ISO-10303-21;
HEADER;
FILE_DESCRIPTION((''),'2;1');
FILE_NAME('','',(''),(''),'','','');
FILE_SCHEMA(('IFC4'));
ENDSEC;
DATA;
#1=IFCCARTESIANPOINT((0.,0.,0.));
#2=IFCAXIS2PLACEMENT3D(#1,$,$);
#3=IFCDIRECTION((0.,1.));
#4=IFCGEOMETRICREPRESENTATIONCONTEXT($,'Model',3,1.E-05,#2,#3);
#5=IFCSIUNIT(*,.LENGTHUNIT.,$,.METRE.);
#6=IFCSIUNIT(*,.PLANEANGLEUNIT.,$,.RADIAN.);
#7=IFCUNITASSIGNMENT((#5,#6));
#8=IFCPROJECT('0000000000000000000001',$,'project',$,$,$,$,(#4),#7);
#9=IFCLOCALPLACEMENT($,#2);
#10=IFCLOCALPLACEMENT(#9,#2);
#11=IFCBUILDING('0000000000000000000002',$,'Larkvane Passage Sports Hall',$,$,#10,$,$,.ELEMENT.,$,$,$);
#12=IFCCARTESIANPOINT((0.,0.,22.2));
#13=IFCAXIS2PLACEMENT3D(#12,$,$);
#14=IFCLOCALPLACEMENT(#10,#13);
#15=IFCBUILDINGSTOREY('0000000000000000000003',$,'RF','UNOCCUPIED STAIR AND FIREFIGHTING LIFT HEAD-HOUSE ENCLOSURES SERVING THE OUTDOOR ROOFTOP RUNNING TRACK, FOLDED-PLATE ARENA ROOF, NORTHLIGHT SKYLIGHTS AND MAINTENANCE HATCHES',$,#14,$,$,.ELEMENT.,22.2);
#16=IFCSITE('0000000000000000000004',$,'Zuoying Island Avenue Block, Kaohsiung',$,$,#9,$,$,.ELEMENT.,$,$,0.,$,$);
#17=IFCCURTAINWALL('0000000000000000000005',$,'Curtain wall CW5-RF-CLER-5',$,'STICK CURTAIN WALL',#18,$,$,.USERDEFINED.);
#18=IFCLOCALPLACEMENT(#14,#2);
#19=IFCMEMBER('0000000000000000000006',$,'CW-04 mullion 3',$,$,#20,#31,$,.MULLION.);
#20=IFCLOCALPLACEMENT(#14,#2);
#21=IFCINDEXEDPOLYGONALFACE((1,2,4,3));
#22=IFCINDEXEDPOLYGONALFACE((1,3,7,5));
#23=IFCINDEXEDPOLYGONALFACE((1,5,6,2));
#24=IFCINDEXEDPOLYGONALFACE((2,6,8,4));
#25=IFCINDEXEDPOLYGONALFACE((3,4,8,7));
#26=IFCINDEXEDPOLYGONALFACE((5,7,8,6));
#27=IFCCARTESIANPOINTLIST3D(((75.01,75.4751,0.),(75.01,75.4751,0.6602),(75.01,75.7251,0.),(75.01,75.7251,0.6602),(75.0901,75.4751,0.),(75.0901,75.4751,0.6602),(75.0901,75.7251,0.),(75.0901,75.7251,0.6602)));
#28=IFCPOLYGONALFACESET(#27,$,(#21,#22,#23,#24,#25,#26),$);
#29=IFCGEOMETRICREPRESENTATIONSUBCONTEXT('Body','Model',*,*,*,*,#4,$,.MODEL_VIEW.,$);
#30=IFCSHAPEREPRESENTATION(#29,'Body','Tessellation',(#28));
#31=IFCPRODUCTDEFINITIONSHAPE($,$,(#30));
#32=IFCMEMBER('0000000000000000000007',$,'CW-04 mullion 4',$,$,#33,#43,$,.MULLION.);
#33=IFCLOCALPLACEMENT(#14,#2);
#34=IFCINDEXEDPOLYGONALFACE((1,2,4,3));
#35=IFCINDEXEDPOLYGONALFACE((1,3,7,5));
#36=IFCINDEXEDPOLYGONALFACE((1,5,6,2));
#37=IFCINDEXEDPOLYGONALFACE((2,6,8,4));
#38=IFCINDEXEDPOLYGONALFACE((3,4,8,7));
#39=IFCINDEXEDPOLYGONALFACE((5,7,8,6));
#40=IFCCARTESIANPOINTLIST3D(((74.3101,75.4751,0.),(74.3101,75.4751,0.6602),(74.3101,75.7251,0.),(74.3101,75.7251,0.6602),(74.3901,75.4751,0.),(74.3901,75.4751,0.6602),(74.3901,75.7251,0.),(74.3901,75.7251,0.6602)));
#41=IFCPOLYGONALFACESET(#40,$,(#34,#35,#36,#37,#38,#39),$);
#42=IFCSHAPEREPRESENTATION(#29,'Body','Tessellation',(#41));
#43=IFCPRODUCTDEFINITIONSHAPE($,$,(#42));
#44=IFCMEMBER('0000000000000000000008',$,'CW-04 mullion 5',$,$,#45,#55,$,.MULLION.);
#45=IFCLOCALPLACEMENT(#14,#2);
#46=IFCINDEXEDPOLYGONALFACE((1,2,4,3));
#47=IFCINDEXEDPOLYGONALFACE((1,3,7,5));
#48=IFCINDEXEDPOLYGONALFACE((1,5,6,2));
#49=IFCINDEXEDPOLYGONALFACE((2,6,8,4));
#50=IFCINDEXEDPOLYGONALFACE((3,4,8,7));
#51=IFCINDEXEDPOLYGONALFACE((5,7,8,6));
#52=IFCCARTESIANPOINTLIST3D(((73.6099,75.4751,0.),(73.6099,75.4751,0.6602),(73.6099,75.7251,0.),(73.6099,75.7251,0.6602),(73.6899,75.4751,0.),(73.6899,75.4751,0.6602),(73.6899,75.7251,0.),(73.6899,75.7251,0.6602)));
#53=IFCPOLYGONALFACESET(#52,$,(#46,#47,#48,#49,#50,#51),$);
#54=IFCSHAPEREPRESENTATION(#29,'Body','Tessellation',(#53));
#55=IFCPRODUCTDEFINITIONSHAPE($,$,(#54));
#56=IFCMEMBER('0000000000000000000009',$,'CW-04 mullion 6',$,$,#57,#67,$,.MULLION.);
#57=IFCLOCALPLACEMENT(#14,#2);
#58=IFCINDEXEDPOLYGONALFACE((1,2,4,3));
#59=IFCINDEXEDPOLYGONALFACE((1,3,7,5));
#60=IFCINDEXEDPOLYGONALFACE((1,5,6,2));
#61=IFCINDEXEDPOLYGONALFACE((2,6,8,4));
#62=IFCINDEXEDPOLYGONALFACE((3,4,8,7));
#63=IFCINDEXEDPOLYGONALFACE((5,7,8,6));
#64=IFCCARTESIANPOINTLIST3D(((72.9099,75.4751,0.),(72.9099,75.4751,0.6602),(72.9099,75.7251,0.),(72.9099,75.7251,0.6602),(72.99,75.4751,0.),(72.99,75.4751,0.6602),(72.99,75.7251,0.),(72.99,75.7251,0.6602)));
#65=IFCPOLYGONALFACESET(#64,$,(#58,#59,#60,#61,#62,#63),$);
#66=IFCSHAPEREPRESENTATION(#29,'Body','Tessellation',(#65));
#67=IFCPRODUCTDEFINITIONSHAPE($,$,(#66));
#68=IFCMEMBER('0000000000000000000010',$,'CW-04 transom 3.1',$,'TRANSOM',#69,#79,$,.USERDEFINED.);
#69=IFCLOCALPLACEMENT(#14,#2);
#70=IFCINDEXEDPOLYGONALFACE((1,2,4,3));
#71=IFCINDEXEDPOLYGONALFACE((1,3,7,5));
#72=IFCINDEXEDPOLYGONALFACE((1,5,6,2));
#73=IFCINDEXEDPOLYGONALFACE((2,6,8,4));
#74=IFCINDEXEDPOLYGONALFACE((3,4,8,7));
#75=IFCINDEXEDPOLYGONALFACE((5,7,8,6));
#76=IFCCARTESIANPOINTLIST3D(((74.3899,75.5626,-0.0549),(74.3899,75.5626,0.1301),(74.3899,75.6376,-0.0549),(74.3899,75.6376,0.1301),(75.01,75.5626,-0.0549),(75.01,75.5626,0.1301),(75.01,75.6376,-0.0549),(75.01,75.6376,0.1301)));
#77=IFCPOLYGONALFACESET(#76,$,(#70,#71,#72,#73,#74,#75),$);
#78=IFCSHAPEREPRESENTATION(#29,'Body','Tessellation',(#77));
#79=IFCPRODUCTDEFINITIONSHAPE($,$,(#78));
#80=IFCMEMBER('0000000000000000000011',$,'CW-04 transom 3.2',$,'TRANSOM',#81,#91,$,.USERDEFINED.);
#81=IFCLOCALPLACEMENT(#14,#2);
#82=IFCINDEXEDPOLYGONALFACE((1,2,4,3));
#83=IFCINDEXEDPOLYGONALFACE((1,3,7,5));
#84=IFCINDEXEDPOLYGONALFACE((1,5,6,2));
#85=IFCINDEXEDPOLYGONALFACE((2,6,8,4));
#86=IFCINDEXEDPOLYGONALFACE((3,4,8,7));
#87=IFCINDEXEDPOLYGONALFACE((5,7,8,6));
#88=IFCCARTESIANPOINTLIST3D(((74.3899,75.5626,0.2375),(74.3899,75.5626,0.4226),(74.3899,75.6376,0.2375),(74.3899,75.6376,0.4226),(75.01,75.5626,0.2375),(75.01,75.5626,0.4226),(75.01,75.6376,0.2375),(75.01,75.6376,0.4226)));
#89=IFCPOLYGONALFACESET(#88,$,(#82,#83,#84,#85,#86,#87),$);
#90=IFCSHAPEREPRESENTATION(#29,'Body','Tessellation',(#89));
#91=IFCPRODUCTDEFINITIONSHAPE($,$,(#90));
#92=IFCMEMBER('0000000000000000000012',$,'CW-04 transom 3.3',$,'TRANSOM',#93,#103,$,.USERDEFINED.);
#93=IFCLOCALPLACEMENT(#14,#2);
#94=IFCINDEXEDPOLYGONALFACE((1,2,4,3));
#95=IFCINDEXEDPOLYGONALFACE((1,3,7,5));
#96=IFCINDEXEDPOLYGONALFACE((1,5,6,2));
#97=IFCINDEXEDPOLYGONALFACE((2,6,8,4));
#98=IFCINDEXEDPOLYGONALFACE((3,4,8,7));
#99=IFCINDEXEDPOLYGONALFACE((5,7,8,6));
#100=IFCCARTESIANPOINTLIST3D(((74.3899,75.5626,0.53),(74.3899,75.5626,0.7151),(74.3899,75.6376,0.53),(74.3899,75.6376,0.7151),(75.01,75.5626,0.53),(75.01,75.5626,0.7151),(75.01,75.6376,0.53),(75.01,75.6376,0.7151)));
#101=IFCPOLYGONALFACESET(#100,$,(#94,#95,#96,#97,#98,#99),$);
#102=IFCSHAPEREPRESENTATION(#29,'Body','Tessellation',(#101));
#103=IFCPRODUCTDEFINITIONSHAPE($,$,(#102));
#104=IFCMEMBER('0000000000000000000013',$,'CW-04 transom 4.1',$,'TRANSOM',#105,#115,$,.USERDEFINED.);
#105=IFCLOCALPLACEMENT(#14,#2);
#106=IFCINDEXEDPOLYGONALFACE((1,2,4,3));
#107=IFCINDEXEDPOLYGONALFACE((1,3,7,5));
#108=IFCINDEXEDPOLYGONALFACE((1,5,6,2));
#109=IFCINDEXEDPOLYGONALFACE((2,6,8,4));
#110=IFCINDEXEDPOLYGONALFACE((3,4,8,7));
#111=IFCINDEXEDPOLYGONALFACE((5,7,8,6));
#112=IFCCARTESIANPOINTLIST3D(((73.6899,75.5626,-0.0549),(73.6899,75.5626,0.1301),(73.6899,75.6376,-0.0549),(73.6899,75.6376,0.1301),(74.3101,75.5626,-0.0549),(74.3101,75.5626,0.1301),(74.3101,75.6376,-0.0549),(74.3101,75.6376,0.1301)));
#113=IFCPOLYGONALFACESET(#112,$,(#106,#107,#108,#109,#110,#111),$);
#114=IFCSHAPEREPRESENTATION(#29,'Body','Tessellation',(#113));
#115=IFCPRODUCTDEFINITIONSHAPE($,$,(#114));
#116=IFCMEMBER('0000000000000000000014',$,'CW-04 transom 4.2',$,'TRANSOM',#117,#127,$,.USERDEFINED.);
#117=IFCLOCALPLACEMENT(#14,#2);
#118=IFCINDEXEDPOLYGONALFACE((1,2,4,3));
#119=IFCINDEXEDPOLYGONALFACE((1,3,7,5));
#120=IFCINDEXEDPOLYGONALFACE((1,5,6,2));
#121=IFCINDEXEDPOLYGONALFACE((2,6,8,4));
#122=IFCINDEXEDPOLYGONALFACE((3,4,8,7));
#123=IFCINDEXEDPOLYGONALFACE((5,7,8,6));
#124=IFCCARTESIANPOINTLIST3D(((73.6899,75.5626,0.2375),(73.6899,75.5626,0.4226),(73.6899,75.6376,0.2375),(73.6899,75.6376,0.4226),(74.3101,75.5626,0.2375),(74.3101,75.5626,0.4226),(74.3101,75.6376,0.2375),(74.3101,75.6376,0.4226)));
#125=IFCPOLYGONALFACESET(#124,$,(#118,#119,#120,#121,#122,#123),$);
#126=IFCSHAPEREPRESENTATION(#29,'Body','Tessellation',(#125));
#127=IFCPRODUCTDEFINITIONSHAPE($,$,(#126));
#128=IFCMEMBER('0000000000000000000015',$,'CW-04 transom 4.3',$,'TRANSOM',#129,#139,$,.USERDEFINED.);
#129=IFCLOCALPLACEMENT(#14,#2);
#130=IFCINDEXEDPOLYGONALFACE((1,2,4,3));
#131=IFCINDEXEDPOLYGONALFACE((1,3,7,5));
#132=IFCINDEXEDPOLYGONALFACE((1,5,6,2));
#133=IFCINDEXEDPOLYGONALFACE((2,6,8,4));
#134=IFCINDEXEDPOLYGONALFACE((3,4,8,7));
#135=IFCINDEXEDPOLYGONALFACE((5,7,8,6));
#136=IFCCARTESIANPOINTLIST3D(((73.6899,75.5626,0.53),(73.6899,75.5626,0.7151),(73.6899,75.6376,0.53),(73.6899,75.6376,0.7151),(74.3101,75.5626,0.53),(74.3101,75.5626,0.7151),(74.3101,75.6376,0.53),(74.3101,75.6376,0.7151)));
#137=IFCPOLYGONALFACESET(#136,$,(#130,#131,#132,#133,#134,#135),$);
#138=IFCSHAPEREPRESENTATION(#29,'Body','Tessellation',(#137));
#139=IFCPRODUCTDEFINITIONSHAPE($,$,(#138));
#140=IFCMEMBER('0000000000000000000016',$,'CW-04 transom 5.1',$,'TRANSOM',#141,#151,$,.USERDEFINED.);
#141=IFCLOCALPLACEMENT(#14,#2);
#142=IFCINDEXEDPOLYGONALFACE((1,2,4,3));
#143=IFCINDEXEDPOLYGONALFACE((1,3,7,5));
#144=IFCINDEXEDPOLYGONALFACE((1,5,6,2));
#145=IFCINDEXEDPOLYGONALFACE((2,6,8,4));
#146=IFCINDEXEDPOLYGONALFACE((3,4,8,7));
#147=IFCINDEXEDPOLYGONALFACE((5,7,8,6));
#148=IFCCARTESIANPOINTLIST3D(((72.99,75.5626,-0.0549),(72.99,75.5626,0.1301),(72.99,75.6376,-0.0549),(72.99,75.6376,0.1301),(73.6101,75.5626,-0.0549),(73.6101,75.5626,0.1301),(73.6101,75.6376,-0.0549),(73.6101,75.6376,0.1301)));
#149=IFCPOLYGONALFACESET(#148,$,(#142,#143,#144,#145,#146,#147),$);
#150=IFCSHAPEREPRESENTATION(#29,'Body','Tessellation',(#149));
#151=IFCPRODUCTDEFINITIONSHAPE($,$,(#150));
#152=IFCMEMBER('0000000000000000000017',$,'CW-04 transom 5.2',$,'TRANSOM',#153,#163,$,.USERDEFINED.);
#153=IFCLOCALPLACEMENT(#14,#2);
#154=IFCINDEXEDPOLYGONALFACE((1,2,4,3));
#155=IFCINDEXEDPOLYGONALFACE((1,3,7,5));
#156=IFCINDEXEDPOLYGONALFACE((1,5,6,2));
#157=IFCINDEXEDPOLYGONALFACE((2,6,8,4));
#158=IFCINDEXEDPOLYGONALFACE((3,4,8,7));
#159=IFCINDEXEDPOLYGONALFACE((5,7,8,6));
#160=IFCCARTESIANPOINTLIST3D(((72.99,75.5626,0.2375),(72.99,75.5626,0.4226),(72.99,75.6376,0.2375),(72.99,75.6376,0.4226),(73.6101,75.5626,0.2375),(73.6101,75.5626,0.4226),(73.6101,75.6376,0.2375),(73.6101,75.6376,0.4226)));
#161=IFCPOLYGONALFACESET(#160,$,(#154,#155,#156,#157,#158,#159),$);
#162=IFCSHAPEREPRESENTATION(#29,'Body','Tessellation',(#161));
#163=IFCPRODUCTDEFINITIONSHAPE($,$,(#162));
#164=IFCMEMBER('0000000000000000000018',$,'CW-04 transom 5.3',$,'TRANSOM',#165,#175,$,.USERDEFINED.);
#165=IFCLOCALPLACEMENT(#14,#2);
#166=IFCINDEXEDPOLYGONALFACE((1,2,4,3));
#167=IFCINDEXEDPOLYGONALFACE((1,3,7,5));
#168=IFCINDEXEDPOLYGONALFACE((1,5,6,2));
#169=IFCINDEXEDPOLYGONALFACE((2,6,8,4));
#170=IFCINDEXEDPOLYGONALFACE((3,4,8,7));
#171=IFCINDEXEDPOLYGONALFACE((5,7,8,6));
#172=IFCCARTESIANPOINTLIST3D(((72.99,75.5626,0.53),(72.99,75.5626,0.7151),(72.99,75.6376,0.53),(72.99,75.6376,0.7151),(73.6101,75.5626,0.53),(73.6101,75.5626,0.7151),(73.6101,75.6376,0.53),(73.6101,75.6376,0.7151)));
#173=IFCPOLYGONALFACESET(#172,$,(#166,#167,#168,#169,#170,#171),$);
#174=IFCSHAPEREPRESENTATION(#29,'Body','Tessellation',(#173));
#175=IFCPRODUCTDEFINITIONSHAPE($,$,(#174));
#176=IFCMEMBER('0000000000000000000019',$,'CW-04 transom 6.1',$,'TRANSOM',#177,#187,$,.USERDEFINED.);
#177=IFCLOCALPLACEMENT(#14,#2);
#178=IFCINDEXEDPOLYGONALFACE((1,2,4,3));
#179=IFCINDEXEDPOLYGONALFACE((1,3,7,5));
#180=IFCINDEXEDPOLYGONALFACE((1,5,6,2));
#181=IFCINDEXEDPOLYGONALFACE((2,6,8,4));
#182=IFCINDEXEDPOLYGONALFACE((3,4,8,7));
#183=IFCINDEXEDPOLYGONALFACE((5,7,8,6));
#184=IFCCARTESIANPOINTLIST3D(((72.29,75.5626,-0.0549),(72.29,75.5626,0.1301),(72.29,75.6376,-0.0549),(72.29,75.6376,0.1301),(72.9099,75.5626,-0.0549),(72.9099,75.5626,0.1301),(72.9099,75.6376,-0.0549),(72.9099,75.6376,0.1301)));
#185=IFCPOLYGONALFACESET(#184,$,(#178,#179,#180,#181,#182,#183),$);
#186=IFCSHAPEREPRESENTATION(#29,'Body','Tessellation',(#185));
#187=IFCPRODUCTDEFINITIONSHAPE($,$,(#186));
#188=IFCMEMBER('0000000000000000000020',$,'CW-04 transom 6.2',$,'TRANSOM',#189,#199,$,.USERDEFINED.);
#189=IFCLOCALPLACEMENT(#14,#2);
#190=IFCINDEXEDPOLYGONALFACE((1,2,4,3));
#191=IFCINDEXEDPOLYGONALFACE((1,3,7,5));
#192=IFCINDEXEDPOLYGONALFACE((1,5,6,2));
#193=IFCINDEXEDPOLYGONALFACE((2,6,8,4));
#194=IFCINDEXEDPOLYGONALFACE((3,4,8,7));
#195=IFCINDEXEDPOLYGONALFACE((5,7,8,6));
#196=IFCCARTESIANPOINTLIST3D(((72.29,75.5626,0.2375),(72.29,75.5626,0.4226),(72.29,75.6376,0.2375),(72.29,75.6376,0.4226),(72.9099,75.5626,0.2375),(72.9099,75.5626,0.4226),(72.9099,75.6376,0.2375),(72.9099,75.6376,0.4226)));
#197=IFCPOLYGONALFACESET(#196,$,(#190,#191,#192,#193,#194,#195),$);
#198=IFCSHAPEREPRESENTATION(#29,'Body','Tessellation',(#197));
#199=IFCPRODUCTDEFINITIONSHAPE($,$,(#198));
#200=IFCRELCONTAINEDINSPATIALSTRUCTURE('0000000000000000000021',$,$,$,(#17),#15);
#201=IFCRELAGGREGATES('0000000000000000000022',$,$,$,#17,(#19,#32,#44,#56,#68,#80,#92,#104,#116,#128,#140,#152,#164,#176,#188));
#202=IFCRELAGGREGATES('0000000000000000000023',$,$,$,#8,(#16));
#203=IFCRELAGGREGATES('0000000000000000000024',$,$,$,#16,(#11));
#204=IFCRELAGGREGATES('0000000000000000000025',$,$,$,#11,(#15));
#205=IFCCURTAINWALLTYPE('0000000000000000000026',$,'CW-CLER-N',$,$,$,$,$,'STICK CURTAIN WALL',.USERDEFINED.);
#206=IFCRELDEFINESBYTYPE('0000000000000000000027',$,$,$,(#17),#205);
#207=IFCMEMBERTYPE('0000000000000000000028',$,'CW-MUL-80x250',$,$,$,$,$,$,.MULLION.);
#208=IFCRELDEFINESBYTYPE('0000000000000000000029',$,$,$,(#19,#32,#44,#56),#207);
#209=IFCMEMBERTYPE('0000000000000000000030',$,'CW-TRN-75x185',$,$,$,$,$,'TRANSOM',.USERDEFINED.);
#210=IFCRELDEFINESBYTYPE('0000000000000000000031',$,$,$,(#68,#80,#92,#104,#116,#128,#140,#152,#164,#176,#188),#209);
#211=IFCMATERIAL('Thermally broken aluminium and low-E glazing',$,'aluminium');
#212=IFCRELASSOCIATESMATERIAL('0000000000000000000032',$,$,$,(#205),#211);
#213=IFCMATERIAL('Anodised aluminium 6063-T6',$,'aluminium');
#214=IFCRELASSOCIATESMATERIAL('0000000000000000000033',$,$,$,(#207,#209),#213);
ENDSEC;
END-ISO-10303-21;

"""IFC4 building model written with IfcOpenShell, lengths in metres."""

from ifc_helpers import new_model, si_unit, direction, frame, origin, origin_2d, place, context, subcontext, project, spatial, rectangle, extrude, material, material_profile, profile_set, type_object, element, aggregate, save


model = new_model("IFC4")

# Units and contexts
model_context = context("Model", 3, precision=1e-05, world=origin(), true_north=direction((0.0, 1.0)))
body_context = subcontext(model_context, "Body", "Model", "MODEL_VIEW")
ifc_project = project(units=[si_unit("LENGTHUNIT", "METRE"), si_unit("PLANEANGLEUNIT", "RADIAN")], contexts=[model_context])

# Site, building, storey
site_placement = place(None, origin())
site = spatial("IfcSite", under=ifc_project, at=site_placement, Name="Zuoying Island Avenue Block, Kaohsiung", CompositionType="ELEMENT", RefElevation=0.0)
building_placement = place(site_placement, origin())
building = spatial("IfcBuilding", under=site, at=building_placement, Name="Larkvane Passage Sports Hall", CompositionType="ELEMENT")
storey_placement = place(building_placement, frame((0.0, 0.0, 22.2)))
storey = spatial("IfcBuildingStorey", under=building, at=storey_placement, Name="RF", Description="UNOCCUPIED STAIR AND FIREFIGHTING LIFT HEAD-HOUSE ENCLOSURES SERVING THE OUTDOOR ROOFTOP RUNNING TRACK, FOLDED-PLATE ARENA ROOF, NORTHLIGHT SKYLIGHTS AND MAINTENANCE HATCHES", CompositionType="ELEMENT", Elevation=22.2)

# Curtain wall, members
ifc_material_1 = material(Name="Thermally broken aluminium and low-E glazing", Category="aluminium")
curtain_wall_type = type_object("IfcCurtainWallType", Name="CW-CLER-N", ElementType="STICK CURTAIN WALL", PredefinedType="USERDEFINED", material=ifc_material_1)
curtain_wall_placement = place(storey_placement, origin())
curtain_wall = element("IfcCurtainWall", 1, at=curtain_wall_placement, inside=storey, type_object=curtain_wall_type, Name="Curtain wall CW5-RF-CLER-5", ObjectType="STICK CURTAIN WALL", PredefinedType="USERDEFINED")
ifc_material_2 = material(Name="Anodised aluminium 6063-T6", Category="aluminium")
ifc_material_profile_1 = material_profile(ifc_material_2, rectangle(XDim=0.0801, YDim=0.25, at=origin_2d()), Name="ALU-MUL-80x250")
ifc_profile_set_1 = profile_set([ifc_material_profile_1], Name="Anodised aluminium 6063-T6")
member_type_1 = type_object("IfcMemberType", Name="CW-MUL-80x250", PredefinedType="MULLION", material=ifc_profile_set_1)
member_1_placement = place(storey_placement, frame((75.05, 75.6001, 0.0), z_axis=(0.0, 0.0, 1.0), x_axis=(-1.0, 0.0, 0.0)))
member_1 = element("IfcMember", 2, at=member_1_placement, type_object=member_type_1, Name="CW-04 mullion 3", PredefinedType="MULLION", context=body_context, shape_type="SweptSolid", body=[
    extrude(rectangle(XDim=0.0801, YDim=0.25, at=origin_2d()), origin(), (0.0, 0.0, 1.0), 0.6602),
])
member_2_placement = place(storey_placement, frame((74.3501, 75.6001, 0.0), z_axis=(0.0, 0.0, 1.0), x_axis=(-1.0, 0.0, 0.0)))
member_2 = element("IfcMember", 3, at=member_2_placement, type_object=member_type_1, Name="CW-04 mullion 4", PredefinedType="MULLION", context=body_context, shape_type="SweptSolid", body=[
    extrude(rectangle(XDim=0.0801, YDim=0.25, at=origin_2d()), origin(), (0.0, 0.0, 1.0), 0.6602),
])
member_3_placement = place(storey_placement, frame((73.6499, 75.6001, 0.0), z_axis=(0.0, 0.0, 1.0), x_axis=(-1.0, 0.0, 0.0)))
member_3 = element("IfcMember", 4, at=member_3_placement, type_object=member_type_1, Name="CW-04 mullion 5", PredefinedType="MULLION", context=body_context, shape_type="SweptSolid", body=[
    extrude(rectangle(XDim=0.0801, YDim=0.25, at=origin_2d()), origin(), (0.0, 0.0, 1.0), 0.6602),
])
member_4_placement = place(storey_placement, frame((72.95, 75.6001, 0.0), z_axis=(0.0, 0.0, 1.0), x_axis=(-1.0, 0.0, 0.0)))
member_4 = element("IfcMember", 5, at=member_4_placement, type_object=member_type_1, Name="CW-04 mullion 6", PredefinedType="MULLION", context=body_context, shape_type="SweptSolid", body=[
    extrude(rectangle(XDim=0.0801, YDim=0.25, at=origin_2d()), origin(), (0.0, 0.0, 1.0), 0.6602),
])
ifc_material_profile_2 = material_profile(ifc_material_2, rectangle(XDim=0.075, YDim=0.1851, at=origin_2d()), Name="ALU-TRN-75x185")
ifc_profile_set_2 = profile_set([ifc_material_profile_2], Name="Anodised aluminium 6063-T6")
member_type_2 = type_object("IfcMemberType", Name="CW-TRN-75x185", ElementType="TRANSOM", PredefinedType="USERDEFINED", material=ifc_profile_set_2)
member_5_placement = place(storey_placement, frame((75.01, 75.6001, 0.0376), z_axis=(-1.0, 0.0, 0.0), x_axis=(0.0, -1.0, 0.0)))
member_5 = element("IfcMember", 6, at=member_5_placement, type_object=member_type_2, Name="CW-04 transom 3.1", ObjectType="TRANSOM", PredefinedType="USERDEFINED", context=body_context, shape_type="SweptSolid", body=[
    extrude(rectangle(XDim=0.075, YDim=0.1851, at=origin_2d()), origin(), (0.0, 0.0, 1.0), 0.6201),
])
member_6_placement = place(storey_placement, frame((75.01, 75.6001, 0.3301), z_axis=(-1.0, 0.0, 0.0), x_axis=(0.0, -1.0, 0.0)))
member_6 = element("IfcMember", 7, at=member_6_placement, type_object=member_type_2, Name="CW-04 transom 3.2", ObjectType="TRANSOM", PredefinedType="USERDEFINED", context=body_context, shape_type="SweptSolid", body=[
    extrude(rectangle(XDim=0.075, YDim=0.1851, at=origin_2d()), origin(), (0.0, 0.0, 1.0), 0.6201),
])
member_7_placement = place(storey_placement, frame((75.01, 75.6001, 0.6226), z_axis=(-1.0, 0.0, 0.0), x_axis=(0.0, -1.0, 0.0)))
member_7 = element("IfcMember", 8, at=member_7_placement, type_object=member_type_2, Name="CW-04 transom 3.3", ObjectType="TRANSOM", PredefinedType="USERDEFINED", context=body_context, shape_type="SweptSolid", body=[
    extrude(rectangle(XDim=0.075, YDim=0.1851, at=origin_2d()), origin(), (0.0, 0.0, 1.0), 0.6201),
])
member_8_placement = place(storey_placement, frame((74.3101, 75.6001, 0.0376), z_axis=(-1.0, 0.0, 0.0), x_axis=(0.0, -1.0, 0.0)))
member_8 = element("IfcMember", 9, at=member_8_placement, type_object=member_type_2, Name="CW-04 transom 4.1", ObjectType="TRANSOM", PredefinedType="USERDEFINED", context=body_context, shape_type="SweptSolid", body=[
    extrude(rectangle(XDim=0.075, YDim=0.1851, at=origin_2d()), origin(), (0.0, 0.0, 1.0), 0.6201),
])
member_9_placement = place(storey_placement, frame((74.3101, 75.6001, 0.3301), z_axis=(-1.0, 0.0, 0.0), x_axis=(0.0, -1.0, 0.0)))
member_9 = element("IfcMember", 10, at=member_9_placement, type_object=member_type_2, Name="CW-04 transom 4.2", ObjectType="TRANSOM", PredefinedType="USERDEFINED", context=body_context, shape_type="SweptSolid", body=[
    extrude(rectangle(XDim=0.075, YDim=0.1851, at=origin_2d()), origin(), (0.0, 0.0, 1.0), 0.6201),
])
member_10_placement = place(storey_placement, frame((74.3101, 75.6001, 0.6226), z_axis=(-1.0, 0.0, 0.0), x_axis=(0.0, -1.0, 0.0)))
member_10 = element("IfcMember", 11, at=member_10_placement, type_object=member_type_2, Name="CW-04 transom 4.3", ObjectType="TRANSOM", PredefinedType="USERDEFINED", context=body_context, shape_type="SweptSolid", body=[
    extrude(rectangle(XDim=0.075, YDim=0.1851, at=origin_2d()), origin(), (0.0, 0.0, 1.0), 0.6201),
])
member_11_placement = place(storey_placement, frame((73.6101, 75.6001, 0.0376), z_axis=(-1.0, 0.0, 0.0), x_axis=(0.0, -1.0, 0.0)))
member_11 = element("IfcMember", 12, at=member_11_placement, type_object=member_type_2, Name="CW-04 transom 5.1", ObjectType="TRANSOM", PredefinedType="USERDEFINED", context=body_context, shape_type="SweptSolid", body=[
    extrude(rectangle(XDim=0.075, YDim=0.1851, at=origin_2d()), origin(), (0.0, 0.0, 1.0), 0.6201),
])
member_12_placement = place(storey_placement, frame((73.6101, 75.6001, 0.3301), z_axis=(-1.0, 0.0, 0.0), x_axis=(0.0, -1.0, 0.0)))
member_12 = element("IfcMember", 13, at=member_12_placement, type_object=member_type_2, Name="CW-04 transom 5.2", ObjectType="TRANSOM", PredefinedType="USERDEFINED", context=body_context, shape_type="SweptSolid", body=[
    extrude(rectangle(XDim=0.075, YDim=0.1851, at=origin_2d()), origin(), (0.0, 0.0, 1.0), 0.6201),
])
member_13_placement = place(storey_placement, frame((73.6101, 75.6001, 0.6226), z_axis=(-1.0, 0.0, 0.0), x_axis=(0.0, -1.0, 0.0)))
member_13 = element("IfcMember", 14, at=member_13_placement, type_object=member_type_2, Name="CW-04 transom 5.3", ObjectType="TRANSOM", PredefinedType="USERDEFINED", context=body_context, shape_type="SweptSolid", body=[
    extrude(rectangle(XDim=0.075, YDim=0.1851, at=origin_2d()), origin(), (0.0, 0.0, 1.0), 0.6201),
])
member_14_placement = place(storey_placement, frame((72.9099, 75.6001, 0.0376), z_axis=(-1.0, 0.0, 0.0), x_axis=(0.0, -1.0, 0.0)))
member_14 = element("IfcMember", 15, at=member_14_placement, type_object=member_type_2, Name="CW-04 transom 6.1", ObjectType="TRANSOM", PredefinedType="USERDEFINED", context=body_context, shape_type="SweptSolid", body=[
    extrude(rectangle(XDim=0.075, YDim=0.1851, at=origin_2d()), origin(), (0.0, 0.0, 1.0), 0.6199),
])
member_15_placement = place(storey_placement, frame((72.9099, 75.6001, 0.3301), z_axis=(-1.0, 0.0, 0.0), x_axis=(0.0, -1.0, 0.0)))
member_15 = element("IfcMember", 16, at=member_15_placement, type_object=member_type_2, Name="CW-04 transom 6.2", ObjectType="TRANSOM", PredefinedType="USERDEFINED", context=body_context, shape_type="SweptSolid", body=[
    extrude(rectangle(XDim=0.075, YDim=0.1851, at=origin_2d()), origin(), (0.0, 0.0, 1.0), 0.6199),
])
aggregate(curtain_wall, [member_1, member_2, member_3, member_4, member_5, member_6, member_7, member_8, member_9, member_10, member_11, member_12, member_13, member_14, member_15])

save(model, "model.ifc")
